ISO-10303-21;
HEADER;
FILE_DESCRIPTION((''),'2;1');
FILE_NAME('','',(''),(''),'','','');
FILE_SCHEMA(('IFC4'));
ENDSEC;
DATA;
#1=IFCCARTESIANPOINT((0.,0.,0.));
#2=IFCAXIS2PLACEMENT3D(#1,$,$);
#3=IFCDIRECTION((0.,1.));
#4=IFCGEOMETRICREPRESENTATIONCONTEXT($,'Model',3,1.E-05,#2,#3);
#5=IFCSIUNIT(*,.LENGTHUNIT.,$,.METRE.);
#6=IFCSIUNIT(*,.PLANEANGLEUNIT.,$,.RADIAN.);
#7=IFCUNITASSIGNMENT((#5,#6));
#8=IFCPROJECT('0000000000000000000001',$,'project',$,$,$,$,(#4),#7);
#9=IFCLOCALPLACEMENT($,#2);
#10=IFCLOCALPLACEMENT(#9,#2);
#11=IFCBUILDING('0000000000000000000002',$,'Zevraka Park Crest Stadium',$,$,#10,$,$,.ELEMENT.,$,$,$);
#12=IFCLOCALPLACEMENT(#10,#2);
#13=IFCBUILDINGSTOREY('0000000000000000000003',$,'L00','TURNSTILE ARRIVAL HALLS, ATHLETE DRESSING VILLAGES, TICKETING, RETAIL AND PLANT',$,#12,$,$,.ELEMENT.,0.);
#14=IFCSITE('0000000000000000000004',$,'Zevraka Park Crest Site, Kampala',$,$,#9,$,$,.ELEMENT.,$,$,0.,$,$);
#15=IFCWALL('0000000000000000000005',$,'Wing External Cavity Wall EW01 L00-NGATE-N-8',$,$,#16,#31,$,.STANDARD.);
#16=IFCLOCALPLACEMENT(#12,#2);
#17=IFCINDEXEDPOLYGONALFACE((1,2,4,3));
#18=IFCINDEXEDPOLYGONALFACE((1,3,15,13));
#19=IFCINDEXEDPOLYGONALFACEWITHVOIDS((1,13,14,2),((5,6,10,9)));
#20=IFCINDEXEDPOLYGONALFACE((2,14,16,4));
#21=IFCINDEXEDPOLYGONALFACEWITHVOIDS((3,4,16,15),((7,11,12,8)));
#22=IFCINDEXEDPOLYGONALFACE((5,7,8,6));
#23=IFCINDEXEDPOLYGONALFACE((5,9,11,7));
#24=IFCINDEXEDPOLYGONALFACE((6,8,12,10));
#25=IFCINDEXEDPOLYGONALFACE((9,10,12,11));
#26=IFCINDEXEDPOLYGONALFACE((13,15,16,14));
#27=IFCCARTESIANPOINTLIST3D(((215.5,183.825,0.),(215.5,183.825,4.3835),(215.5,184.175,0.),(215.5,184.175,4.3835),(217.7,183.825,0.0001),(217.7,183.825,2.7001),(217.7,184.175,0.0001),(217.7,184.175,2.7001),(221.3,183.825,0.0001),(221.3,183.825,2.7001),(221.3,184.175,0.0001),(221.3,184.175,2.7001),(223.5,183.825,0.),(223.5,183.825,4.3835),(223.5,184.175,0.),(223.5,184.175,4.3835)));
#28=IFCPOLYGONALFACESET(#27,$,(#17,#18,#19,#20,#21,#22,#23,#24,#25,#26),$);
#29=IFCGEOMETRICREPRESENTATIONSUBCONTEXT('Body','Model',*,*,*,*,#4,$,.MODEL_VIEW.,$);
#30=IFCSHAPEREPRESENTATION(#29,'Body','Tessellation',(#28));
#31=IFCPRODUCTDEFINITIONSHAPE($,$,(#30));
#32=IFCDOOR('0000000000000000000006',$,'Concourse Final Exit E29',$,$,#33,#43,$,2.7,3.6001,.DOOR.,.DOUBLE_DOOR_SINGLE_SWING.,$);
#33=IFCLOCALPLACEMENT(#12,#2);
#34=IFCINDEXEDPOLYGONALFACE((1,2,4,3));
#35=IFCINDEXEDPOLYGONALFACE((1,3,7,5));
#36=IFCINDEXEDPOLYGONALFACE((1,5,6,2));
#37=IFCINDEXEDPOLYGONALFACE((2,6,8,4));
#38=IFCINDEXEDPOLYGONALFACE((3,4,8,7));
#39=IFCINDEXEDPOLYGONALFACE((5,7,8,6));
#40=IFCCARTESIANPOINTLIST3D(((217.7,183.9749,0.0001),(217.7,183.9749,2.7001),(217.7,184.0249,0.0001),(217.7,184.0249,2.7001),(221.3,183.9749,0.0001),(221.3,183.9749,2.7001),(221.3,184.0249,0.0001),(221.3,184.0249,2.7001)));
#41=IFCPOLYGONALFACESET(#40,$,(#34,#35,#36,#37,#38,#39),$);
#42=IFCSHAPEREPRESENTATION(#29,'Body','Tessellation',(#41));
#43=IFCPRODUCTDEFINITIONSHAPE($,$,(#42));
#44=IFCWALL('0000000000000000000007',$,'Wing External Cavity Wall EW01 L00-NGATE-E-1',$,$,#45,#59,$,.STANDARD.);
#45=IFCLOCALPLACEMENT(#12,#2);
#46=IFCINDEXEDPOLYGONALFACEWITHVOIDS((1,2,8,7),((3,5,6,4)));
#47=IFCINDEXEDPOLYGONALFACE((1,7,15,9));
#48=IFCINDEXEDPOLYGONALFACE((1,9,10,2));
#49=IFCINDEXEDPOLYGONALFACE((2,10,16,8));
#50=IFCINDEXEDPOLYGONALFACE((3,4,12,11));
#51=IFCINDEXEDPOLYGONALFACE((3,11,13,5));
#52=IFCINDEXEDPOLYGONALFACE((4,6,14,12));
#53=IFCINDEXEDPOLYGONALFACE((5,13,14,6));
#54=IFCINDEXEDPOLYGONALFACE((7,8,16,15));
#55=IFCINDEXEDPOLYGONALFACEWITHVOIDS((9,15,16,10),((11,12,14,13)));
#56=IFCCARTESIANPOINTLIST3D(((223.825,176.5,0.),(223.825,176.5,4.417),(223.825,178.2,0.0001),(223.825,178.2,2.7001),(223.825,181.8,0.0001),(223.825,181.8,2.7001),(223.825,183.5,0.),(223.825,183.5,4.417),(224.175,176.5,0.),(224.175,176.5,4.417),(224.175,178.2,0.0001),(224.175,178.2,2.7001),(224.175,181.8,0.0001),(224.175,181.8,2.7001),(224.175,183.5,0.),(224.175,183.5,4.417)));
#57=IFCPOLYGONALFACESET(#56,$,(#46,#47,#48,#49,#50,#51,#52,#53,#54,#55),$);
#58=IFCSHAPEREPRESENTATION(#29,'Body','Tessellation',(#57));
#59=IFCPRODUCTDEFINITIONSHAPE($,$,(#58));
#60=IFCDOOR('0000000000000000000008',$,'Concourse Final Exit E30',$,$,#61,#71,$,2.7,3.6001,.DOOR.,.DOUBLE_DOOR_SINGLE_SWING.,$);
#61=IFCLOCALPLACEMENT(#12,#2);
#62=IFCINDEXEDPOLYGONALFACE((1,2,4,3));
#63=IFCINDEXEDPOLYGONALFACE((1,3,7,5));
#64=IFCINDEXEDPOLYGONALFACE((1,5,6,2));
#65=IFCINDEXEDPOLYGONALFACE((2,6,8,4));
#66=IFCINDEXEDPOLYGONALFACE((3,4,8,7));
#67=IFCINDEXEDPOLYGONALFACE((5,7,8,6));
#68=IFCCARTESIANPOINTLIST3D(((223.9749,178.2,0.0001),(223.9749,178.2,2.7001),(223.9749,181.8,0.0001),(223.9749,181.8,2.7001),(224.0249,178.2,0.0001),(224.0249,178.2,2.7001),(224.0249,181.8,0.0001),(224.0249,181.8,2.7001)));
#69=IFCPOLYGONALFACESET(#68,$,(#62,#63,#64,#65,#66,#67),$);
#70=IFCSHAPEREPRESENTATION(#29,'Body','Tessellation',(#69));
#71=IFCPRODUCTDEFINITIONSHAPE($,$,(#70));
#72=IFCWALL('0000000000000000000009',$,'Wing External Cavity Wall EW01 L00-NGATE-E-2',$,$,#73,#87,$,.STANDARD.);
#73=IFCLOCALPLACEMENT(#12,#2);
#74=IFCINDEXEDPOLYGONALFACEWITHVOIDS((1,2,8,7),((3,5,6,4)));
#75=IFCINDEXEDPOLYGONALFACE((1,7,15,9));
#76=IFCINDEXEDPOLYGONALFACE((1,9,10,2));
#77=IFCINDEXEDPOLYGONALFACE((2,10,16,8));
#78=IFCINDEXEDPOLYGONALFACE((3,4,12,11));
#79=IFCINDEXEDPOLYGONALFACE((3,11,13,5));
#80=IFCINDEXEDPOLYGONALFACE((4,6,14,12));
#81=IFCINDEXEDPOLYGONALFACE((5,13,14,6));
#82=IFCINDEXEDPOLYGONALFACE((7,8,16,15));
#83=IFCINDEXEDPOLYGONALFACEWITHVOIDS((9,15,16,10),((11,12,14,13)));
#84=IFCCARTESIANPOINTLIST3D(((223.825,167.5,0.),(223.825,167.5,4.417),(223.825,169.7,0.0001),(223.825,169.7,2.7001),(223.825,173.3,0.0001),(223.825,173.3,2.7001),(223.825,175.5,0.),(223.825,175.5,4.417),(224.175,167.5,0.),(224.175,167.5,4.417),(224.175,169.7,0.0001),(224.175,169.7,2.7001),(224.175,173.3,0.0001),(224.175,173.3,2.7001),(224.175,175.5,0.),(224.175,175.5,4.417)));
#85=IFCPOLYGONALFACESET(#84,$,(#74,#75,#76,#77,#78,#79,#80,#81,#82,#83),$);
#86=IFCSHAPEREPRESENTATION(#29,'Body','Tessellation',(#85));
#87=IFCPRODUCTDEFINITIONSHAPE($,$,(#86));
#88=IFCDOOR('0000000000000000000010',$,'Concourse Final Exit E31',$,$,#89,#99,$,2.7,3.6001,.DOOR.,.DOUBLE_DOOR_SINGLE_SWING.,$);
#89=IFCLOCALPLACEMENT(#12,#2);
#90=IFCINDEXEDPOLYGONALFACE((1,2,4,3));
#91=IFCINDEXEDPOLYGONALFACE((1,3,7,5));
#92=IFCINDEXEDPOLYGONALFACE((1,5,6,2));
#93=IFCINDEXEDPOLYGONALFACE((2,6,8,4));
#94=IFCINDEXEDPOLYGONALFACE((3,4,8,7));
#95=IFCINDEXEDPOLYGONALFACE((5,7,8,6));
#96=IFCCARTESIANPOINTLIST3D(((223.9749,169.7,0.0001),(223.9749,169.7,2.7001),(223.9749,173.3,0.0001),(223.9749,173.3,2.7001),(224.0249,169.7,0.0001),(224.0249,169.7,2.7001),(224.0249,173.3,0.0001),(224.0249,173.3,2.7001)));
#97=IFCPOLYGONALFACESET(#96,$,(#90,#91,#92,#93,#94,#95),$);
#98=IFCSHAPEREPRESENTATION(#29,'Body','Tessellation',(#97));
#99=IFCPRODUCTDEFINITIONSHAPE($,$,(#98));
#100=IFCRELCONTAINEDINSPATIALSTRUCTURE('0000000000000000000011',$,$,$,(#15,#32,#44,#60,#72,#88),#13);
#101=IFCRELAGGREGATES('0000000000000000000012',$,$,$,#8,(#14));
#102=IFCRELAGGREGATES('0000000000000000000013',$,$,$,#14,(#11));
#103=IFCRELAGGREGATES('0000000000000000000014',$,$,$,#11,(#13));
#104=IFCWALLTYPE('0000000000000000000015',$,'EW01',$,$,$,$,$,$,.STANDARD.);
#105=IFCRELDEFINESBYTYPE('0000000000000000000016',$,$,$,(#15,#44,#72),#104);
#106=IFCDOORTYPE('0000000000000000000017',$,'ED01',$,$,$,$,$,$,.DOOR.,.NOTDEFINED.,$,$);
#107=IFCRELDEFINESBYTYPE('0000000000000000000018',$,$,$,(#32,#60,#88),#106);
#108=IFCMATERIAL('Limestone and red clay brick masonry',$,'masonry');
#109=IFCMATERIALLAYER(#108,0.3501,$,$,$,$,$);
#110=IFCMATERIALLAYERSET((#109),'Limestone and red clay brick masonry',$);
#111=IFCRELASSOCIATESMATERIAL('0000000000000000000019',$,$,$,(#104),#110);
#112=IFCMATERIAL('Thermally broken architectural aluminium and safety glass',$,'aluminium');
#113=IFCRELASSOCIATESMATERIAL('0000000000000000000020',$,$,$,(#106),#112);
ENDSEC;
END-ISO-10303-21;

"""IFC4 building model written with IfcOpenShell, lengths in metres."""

from ifc_helpers import new_model, si_unit, direction, frame, frame_2d, origin, place, context, subcontext, project, spatial, rectangle, extrude, material, layer, layer_set, type_object, element, fill, save


model = new_model("IFC4")

# Units and contexts
model_context = context("Model", 3, precision=1e-05, world=origin(), true_north=direction((0.0, 1.0)))
body_context = subcontext(model_context, "Body", "Model", "MODEL_VIEW")
ifc_project = project(units=[si_unit("LENGTHUNIT", "METRE"), si_unit("PLANEANGLEUNIT", "RADIAN")], contexts=[model_context])

# Site, building, storey
site_placement = place(None, origin())
site = spatial("IfcSite", under=ifc_project, at=site_placement, Name="Zevraka Park Crest Site, Kampala", CompositionType="ELEMENT", RefElevation=0.0)
building_placement = place(site_placement, origin())
building = spatial("IfcBuilding", under=site, at=building_placement, Name="Zevraka Park Crest Stadium", CompositionType="ELEMENT")
storey_placement = place(building_placement, origin())
storey = spatial("IfcBuildingStorey", under=building, at=storey_placement, Name="L00", Description="TURNSTILE ARRIVAL HALLS, ATHLETE DRESSING VILLAGES, TICKETING, RETAIL AND PLANT", CompositionType="ELEMENT", Elevation=0.0)

# Walls, openings, doors
ifc_material_1 = material(Name="Limestone and red clay brick masonry", Category="masonry")
ifc_layer = layer(ifc_material_1, 0.3501)
ifc_layer_set = layer_set([ifc_layer], Name="Limestone and red clay brick masonry")
wall_type = type_object("IfcWallType", Name="EW01", PredefinedType="STANDARD", material=ifc_layer_set)
wall_1_placement = place(storey_placement, frame((215.5, 184.0, 0.0), z_axis=(0.0, 0.0, 1.0), x_axis=(1.0, 0.0, 0.0)))
wall_1 = element("IfcWall", 1, at=wall_1_placement, inside=storey, type_object=wall_type, Name="Wing External Cavity Wall EW01 L00-NGATE-N-8", PredefinedType="STANDARD", context=body_context, shape_type="SweptSolid", body=[
    extrude(rectangle(XDim=8.0, YDim=0.3501, at=frame_2d((4.0, 0.0))), origin(), (0.0, 0.0, 1.0), 4.3835),
])
opening_1_placement = place(wall_1_placement, frame((2.2, 0.0, 0.0)))
opening_1 = element("IfcOpeningElement", 2, at=opening_1_placement, cuts=wall_1, PredefinedType="OPENING", context=body_context, shape_type="SweptSolid", body=[
    extrude(rectangle(XDim=3.6001, YDim=2.7, at=frame_2d((1.8, 1.3501))), frame((0.0, 0.1851, 0.0), z_axis=(0.0, -1.0, 0.0), x_axis=(1.0, 0.0, 0.0)), (0.0, 0.0, 1.0), 0.3701),
])
ifc_material_2 = material(Name="Thermally broken architectural aluminium and safety glass", Category="aluminium")
door_type = type_object("IfcDoorType", Name="ED01", OperationType="NOTDEFINED", PredefinedType="DOOR", material=ifc_material_2)
door_1_placement = place(opening_1_placement, origin())
door_1 = element("IfcDoor", 3, at=door_1_placement, inside=storey, type_object=door_type, Name="Concourse Final Exit E29", OperationType="DOUBLE_DOOR_SINGLE_SWING", OverallHeight=2.7, OverallWidth=3.6001, PredefinedType="DOOR", context=body_context, shape_type="SweptSolid", body=[
    extrude(rectangle(XDim=3.6001, YDim=2.7, at=frame_2d((1.8, 1.3501))), frame((0.0, 0.0249, 0.0), z_axis=(0.0, -1.0, 0.0), x_axis=(1.0, 0.0, 0.0)), (0.0, 0.0, 1.0), 0.05),
])
fill(opening_1, door_1)
wall_2_placement = place(storey_placement, frame((224.0, 183.5, 0.0), z_axis=(0.0, 0.0, 1.0), x_axis=(0.0, -1.0, 0.0)))
wall_2 = element("IfcWall", 4, at=wall_2_placement, inside=storey, type_object=wall_type, Name="Wing External Cavity Wall EW01 L00-NGATE-E-1", PredefinedType="STANDARD", context=body_context, shape_type="SweptSolid", body=[
    extrude(rectangle(XDim=7.0, YDim=0.3501, at=frame_2d((3.5, 0.0))), origin(), (0.0, 0.0, 1.0), 4.417),
])
opening_2_placement = place(wall_2_placement, frame((1.7, 0.0, 0.0)))
opening_2 = element("IfcOpeningElement", 5, at=opening_2_placement, cuts=wall_2, PredefinedType="OPENING", context=body_context, shape_type="SweptSolid", body=[
    extrude(rectangle(XDim=3.6001, YDim=2.7, at=frame_2d((1.8, 1.3501))), frame((0.0, 0.1851, 0.0), z_axis=(0.0, -1.0, 0.0), x_axis=(1.0, 0.0, 0.0)), (0.0, 0.0, 1.0), 0.3701),
])
door_2_placement = place(opening_2_placement, origin())
door_2 = element("IfcDoor", 6, at=door_2_placement, inside=storey, type_object=door_type, Name="Concourse Final Exit E30", OperationType="DOUBLE_DOOR_SINGLE_SWING", OverallHeight=2.7, OverallWidth=3.6001, PredefinedType="DOOR", context=body_context, shape_type="SweptSolid", body=[
    extrude(rectangle(XDim=3.6001, YDim=2.7, at=frame_2d((1.8, 1.3501))), frame((0.0, 0.0249, 0.0), z_axis=(0.0, -1.0, 0.0), x_axis=(1.0, 0.0, 0.0)), (0.0, 0.0, 1.0), 0.05),
])
fill(opening_2, door_2)
wall_3_placement = place(storey_placement, frame((224.0, 175.5, 0.0), z_axis=(0.0, 0.0, 1.0), x_axis=(0.0, -1.0, 0.0)))
wall_3 = element("IfcWall", 7, at=wall_3_placement, inside=storey, type_object=wall_type, Name="Wing External Cavity Wall EW01 L00-NGATE-E-2", PredefinedType="STANDARD", context=body_context, shape_type="SweptSolid", body=[
    extrude(rectangle(XDim=8.0, YDim=0.3501, at=frame_2d((4.0, 0.0))), origin(), (0.0, 0.0, 1.0), 4.417),
])
opening_3_placement = place(wall_3_placement, frame((2.2, 0.0, 0.0)))
opening_3 = element("IfcOpeningElement", 8, at=opening_3_placement, cuts=wall_3, PredefinedType="OPENING", context=body_context, shape_type="SweptSolid", body=[
    extrude(rectangle(XDim=3.6001, YDim=2.7, at=frame_2d((1.8, 1.3501))), frame((0.0, 0.1851, 0.0), z_axis=(0.0, -1.0, 0.0), x_axis=(1.0, 0.0, 0.0)), (0.0, 0.0, 1.0), 0.3701),
])
door_3_placement = place(opening_3_placement, origin())
door_3 = element("IfcDoor", 9, at=door_3_placement, inside=storey, type_object=door_type, Name="Concourse Final Exit E31", OperationType="DOUBLE_DOOR_SINGLE_SWING", OverallHeight=2.7, OverallWidth=3.6001, PredefinedType="DOOR", context=body_context, shape_type="SweptSolid", body=[
    extrude(rectangle(XDim=3.6001, YDim=2.7, at=frame_2d((1.8, 1.3501))), frame((0.0, 0.0249, 0.0), z_axis=(0.0, -1.0, 0.0), x_axis=(1.0, 0.0, 0.0)), (0.0, 0.0, 1.0), 0.05),
])
fill(opening_3, door_3)

save(model, "model.ifc")
